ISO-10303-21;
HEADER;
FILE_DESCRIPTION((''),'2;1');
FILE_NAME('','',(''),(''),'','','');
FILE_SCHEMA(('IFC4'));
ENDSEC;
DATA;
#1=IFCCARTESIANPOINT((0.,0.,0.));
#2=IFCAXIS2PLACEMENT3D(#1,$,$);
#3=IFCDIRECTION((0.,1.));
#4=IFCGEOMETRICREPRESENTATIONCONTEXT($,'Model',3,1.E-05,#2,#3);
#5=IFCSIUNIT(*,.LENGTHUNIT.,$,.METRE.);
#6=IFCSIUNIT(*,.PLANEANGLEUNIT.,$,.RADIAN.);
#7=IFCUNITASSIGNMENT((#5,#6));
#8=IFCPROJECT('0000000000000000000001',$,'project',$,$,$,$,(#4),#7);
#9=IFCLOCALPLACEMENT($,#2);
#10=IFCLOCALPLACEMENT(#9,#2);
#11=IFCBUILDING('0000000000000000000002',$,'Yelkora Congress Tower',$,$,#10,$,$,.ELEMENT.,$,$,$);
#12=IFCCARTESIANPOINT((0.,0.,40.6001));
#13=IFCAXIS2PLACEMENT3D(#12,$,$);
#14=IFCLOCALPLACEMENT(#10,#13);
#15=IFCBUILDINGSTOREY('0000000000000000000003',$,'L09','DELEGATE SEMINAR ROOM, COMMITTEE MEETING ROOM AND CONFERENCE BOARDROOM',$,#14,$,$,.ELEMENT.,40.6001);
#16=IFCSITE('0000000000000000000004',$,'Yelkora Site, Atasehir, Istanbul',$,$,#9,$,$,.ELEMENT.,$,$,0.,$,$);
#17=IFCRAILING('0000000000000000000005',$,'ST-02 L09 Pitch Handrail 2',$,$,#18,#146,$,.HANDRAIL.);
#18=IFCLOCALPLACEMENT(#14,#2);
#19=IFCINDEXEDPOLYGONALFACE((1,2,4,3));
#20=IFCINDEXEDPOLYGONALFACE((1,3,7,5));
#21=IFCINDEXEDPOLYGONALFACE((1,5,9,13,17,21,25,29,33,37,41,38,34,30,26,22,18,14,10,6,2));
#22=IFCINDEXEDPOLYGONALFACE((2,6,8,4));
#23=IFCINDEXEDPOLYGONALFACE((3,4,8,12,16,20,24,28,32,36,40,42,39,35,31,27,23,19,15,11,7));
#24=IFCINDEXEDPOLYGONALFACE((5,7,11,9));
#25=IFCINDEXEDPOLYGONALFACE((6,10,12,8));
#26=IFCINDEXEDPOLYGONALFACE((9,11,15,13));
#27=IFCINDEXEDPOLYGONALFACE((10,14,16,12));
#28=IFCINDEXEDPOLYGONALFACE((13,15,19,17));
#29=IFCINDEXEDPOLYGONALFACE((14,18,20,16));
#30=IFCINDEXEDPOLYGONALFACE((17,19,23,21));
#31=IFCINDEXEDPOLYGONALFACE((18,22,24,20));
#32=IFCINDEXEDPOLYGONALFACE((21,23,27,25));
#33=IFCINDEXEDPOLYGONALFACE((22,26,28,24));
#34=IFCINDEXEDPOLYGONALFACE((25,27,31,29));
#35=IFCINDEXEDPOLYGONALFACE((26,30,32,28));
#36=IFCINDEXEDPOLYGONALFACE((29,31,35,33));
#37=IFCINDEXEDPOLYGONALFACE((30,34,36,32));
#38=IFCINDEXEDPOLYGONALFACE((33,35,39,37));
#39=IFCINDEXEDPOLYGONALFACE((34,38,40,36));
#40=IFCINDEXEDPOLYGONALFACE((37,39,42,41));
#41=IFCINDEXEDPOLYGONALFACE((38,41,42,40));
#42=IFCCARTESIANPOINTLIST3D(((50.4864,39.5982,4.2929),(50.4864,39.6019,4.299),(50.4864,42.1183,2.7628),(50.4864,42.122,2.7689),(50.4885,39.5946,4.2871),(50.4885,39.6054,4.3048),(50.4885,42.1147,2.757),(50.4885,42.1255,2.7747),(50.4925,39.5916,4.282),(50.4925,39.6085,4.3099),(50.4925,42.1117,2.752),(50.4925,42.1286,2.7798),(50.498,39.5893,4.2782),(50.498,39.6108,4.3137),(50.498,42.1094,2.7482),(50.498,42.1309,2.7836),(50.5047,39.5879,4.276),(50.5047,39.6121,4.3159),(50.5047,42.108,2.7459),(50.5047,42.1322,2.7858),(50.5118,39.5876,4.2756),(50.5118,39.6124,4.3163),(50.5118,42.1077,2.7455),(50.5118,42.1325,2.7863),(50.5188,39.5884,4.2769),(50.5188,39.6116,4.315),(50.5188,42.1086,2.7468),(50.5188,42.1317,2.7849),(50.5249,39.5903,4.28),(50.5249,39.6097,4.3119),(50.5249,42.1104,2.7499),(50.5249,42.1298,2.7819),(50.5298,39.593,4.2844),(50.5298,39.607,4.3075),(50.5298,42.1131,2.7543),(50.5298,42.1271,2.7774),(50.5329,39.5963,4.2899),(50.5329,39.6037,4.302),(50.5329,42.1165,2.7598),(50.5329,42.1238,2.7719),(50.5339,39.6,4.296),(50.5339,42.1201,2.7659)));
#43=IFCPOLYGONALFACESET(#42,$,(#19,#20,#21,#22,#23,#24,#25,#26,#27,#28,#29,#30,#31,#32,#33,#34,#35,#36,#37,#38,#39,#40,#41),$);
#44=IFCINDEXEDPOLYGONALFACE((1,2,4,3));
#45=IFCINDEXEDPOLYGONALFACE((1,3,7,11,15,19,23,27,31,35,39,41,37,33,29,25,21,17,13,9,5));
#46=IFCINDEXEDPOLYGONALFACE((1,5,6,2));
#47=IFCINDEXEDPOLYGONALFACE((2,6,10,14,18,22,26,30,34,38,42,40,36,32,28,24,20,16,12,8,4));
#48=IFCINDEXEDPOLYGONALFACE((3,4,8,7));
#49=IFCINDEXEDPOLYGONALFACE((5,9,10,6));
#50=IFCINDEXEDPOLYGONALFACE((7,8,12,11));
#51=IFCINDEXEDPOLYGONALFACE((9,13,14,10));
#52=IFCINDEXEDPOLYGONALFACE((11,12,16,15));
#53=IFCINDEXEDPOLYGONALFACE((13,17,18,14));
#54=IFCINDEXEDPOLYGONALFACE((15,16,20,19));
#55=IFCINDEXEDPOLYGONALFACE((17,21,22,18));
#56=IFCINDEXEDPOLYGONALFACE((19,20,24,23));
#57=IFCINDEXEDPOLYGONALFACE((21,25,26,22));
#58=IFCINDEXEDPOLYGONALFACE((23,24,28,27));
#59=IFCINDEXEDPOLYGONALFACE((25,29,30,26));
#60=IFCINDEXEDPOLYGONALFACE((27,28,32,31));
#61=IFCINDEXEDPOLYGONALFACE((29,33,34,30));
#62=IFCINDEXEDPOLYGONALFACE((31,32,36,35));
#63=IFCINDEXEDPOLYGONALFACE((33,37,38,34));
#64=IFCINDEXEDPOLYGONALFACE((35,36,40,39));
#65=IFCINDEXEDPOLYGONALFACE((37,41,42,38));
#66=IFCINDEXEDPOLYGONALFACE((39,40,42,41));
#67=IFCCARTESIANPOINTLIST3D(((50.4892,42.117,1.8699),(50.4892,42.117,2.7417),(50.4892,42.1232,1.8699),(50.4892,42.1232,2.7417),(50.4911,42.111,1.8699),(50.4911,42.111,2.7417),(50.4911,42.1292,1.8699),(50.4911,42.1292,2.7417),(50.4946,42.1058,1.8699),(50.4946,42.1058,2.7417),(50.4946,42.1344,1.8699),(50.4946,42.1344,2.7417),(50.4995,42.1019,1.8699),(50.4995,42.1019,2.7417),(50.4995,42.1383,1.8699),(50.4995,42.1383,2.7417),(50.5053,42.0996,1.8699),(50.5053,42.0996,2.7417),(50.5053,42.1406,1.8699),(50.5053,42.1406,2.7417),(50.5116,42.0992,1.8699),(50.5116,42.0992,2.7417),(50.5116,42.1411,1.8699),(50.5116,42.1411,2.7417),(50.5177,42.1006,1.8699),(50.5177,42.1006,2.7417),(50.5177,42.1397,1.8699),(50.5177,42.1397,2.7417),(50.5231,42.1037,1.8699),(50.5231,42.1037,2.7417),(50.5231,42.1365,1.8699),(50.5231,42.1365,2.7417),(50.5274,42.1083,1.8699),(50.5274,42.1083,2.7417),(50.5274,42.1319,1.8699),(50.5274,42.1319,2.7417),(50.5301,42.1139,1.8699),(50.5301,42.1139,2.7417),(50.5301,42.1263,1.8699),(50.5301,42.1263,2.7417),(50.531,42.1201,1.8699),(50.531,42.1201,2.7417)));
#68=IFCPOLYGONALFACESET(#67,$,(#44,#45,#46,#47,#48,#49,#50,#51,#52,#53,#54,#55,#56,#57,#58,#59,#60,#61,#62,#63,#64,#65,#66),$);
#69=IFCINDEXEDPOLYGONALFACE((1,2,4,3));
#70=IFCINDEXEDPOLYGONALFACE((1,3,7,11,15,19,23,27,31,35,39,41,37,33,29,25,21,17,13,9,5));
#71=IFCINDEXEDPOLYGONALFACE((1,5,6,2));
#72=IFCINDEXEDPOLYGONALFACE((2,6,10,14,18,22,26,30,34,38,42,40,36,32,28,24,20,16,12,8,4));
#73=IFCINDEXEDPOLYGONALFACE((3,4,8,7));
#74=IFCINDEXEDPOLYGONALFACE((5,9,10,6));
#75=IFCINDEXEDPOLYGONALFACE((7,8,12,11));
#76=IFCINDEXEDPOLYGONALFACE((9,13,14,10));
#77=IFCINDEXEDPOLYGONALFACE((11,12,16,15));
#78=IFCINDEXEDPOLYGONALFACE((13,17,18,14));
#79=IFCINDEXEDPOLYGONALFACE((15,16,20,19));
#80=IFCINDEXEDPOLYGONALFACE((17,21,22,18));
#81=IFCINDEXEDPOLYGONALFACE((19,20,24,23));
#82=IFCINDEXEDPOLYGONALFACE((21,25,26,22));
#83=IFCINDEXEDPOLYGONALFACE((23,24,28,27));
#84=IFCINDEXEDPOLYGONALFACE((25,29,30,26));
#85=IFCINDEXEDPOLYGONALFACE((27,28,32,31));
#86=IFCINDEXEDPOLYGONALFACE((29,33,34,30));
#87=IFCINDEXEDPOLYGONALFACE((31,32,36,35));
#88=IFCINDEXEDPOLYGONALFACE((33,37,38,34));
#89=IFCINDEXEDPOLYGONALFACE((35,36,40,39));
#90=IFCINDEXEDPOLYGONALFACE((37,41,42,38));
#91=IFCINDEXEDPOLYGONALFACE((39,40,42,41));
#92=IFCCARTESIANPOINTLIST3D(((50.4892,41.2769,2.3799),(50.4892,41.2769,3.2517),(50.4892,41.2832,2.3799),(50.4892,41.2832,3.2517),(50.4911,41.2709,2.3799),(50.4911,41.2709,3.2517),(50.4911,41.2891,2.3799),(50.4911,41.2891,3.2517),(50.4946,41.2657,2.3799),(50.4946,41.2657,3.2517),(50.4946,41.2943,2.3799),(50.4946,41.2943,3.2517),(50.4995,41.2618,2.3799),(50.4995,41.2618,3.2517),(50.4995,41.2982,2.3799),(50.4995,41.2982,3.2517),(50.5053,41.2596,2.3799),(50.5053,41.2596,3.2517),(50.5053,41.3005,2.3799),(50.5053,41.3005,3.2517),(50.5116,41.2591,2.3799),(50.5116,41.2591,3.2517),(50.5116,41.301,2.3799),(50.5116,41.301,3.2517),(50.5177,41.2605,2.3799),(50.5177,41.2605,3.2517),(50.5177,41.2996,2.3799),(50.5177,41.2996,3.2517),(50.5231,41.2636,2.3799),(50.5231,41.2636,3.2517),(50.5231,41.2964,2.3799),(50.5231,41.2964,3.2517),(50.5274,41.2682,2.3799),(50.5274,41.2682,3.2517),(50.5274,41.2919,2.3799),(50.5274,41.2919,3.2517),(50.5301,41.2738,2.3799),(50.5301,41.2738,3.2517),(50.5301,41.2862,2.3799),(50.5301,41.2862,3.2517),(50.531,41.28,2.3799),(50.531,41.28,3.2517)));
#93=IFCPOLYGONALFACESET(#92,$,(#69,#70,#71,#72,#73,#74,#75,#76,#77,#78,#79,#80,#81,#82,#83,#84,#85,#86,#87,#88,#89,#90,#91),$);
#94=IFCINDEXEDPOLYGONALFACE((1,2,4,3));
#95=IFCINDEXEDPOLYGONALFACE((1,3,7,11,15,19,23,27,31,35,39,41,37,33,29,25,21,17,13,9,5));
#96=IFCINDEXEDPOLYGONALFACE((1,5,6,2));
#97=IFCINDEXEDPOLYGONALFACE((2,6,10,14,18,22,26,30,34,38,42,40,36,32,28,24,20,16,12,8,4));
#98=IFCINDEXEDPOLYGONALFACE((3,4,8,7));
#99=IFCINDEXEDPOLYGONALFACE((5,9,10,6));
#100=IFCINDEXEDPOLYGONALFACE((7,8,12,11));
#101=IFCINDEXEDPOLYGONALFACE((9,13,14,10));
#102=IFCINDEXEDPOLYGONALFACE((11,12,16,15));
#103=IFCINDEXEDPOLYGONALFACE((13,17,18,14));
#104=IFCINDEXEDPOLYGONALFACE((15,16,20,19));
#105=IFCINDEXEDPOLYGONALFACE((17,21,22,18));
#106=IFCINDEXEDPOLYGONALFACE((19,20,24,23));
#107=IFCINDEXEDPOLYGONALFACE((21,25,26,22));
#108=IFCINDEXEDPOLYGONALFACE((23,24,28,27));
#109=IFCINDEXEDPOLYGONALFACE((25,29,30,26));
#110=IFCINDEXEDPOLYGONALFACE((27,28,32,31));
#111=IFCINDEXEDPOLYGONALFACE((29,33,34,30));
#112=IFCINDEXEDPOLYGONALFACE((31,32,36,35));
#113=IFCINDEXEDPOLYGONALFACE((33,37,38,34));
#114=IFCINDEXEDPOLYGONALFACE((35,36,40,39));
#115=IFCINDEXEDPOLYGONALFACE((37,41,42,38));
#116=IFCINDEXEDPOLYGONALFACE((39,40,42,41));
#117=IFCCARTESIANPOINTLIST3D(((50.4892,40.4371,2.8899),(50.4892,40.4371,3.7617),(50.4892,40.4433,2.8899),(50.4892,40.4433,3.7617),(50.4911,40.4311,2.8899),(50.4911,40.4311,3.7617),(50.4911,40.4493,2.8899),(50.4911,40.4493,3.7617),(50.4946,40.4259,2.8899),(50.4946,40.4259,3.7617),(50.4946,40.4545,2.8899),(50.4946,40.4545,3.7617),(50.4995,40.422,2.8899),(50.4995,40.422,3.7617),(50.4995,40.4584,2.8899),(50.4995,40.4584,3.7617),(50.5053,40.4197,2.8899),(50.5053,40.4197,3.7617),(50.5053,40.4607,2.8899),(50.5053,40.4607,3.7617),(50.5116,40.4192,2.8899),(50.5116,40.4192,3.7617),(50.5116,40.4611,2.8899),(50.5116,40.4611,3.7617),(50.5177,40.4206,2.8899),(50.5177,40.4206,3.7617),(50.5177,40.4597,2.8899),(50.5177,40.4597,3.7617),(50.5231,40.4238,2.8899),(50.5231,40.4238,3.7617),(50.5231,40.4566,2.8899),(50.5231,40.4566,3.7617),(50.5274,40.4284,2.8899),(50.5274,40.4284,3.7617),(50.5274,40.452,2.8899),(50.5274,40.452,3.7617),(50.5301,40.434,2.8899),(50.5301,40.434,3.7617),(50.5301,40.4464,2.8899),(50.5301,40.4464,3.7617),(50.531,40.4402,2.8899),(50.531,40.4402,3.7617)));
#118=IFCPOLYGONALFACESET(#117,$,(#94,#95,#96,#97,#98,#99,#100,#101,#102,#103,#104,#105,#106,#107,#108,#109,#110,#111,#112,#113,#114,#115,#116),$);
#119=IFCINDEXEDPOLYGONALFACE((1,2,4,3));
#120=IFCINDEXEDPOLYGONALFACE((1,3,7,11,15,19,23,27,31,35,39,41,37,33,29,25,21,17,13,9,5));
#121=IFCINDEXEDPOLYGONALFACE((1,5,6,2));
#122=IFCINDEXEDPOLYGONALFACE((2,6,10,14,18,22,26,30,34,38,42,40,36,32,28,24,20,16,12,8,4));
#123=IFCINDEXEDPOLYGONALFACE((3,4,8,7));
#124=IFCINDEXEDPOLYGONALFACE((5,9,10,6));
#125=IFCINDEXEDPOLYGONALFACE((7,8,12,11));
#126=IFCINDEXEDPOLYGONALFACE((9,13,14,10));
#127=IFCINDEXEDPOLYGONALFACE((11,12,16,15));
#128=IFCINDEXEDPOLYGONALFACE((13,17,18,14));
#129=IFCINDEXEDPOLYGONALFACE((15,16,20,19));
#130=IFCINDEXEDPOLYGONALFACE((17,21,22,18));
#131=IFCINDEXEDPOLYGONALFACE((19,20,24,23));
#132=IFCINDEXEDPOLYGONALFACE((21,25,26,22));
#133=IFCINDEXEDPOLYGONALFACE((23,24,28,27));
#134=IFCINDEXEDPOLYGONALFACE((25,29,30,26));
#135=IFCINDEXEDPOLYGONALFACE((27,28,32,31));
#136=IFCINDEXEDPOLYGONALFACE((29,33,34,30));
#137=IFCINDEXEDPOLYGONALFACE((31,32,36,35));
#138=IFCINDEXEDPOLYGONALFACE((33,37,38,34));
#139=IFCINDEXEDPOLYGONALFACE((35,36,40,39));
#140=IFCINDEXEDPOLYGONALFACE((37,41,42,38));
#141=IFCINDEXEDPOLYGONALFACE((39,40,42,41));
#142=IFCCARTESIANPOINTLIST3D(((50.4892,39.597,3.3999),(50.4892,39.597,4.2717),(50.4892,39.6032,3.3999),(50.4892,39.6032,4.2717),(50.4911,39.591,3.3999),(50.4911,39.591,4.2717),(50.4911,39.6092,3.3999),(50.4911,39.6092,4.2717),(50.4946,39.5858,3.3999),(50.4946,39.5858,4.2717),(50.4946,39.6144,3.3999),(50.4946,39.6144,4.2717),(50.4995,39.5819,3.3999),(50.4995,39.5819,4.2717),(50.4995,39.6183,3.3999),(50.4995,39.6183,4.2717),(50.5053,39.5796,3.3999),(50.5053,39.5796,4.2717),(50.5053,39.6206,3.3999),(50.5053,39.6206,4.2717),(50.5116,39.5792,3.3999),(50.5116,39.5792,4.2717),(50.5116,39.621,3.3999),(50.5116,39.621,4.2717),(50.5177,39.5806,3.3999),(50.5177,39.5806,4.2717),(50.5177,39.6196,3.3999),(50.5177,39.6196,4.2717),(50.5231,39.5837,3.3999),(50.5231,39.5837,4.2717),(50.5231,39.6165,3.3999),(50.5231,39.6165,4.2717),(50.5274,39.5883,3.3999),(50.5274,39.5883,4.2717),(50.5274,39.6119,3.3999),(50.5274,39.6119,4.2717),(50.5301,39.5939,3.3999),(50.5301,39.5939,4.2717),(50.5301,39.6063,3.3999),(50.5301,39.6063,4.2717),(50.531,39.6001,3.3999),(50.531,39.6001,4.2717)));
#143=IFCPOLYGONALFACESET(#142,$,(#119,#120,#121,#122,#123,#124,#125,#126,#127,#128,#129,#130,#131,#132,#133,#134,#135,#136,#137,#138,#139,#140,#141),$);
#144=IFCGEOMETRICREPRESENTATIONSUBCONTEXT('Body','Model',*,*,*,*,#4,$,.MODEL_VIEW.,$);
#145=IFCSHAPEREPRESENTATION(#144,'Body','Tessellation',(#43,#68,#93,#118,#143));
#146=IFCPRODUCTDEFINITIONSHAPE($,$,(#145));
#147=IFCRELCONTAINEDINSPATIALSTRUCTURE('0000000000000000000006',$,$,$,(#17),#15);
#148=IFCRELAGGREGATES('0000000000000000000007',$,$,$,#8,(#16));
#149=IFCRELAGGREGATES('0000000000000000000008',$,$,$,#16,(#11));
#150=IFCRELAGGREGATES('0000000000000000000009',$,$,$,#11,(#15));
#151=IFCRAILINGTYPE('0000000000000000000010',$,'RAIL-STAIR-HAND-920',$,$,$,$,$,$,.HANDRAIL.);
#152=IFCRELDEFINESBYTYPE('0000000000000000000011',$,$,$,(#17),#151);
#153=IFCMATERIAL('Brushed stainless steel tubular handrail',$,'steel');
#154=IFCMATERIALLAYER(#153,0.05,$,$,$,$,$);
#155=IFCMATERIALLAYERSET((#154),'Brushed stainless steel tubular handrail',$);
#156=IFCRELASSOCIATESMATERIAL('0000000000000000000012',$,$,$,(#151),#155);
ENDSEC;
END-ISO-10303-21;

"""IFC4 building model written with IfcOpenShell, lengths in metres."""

from ifc_helpers import new_model, si_unit, direction, frame, origin, origin_2d, place, context, subcontext, project, spatial, circle, extrude, material, layer, layer_set, type_object, element, save


model = new_model("IFC4")

# Units and contexts
model_context = context("Model", 3, precision=1e-05, world=origin(), true_north=direction((0.0, 1.0)))
body_context = subcontext(model_context, "Body", "Model", "MODEL_VIEW")
ifc_project = project(units=[si_unit("LENGTHUNIT", "METRE"), si_unit("PLANEANGLEUNIT", "RADIAN")], contexts=[model_context])

# Site, building, storey
site_placement = place(None, origin())
site = spatial("IfcSite", under=ifc_project, at=site_placement, Name="Yelkora Site, Atasehir, Istanbul", CompositionType="ELEMENT", RefElevation=0.0)
building_placement = place(site_placement, origin())
building = spatial("IfcBuilding", under=site, at=building_placement, Name="Yelkora Congress Tower", CompositionType="ELEMENT")
storey_placement = place(building_placement, frame((0.0, 0.0, 40.6001)))
storey = spatial("IfcBuildingStorey", under=building, at=storey_placement, Name="L09", Description="DELEGATE SEMINAR ROOM, COMMITTEE MEETING ROOM AND CONFERENCE BOARDROOM", CompositionType="ELEMENT", Elevation=40.6001)

# Railing
ifc_material_1 = material(Name="Brushed stainless steel tubular handrail", Category="steel")
ifc_layer_1 = layer(ifc_material_1, 0.05)
ifc_layer_set_1 = layer_set([ifc_layer_1], Name="Brushed stainless steel tubular handrail")
railing_type_1 = type_object("IfcRailingType", Name="RAIL-STAIR-HAND-920", PredefinedType="HANDRAIL", material=ifc_layer_set_1)
railing_1_placement = place(storey_placement, frame((50.51, 42.1201, 1.8699)))
element("IfcRailing", 1, at=railing_1_placement, inside=storey, type_object=railing_type_1, Name="ST-02 L09 Pitch Handrail 2", PredefinedType="HANDRAIL", context=body_context, shape_type="SweptSolid", body=[
    extrude(circle(Radius=0.0239, at=origin_2d()), frame((0.0, 0.0, 0.896), z_axis=(0.0, -0.854785, 0.518982), x_axis=(1.0, 0.0, 0.0)), (0.0, 0.0, 1.0), 2.9482),
    extrude(circle(Radius=0.021, at=origin_2d()), origin(), (0.0, 0.0, 1.0), 0.8718),
    extrude(circle(Radius=0.021, at=origin_2d()), frame((0.0, -0.8401, 0.51)), (0.0, 0.0, 1.0), 0.8718),
    extrude(circle(Radius=0.021, at=origin_2d()), frame((0.0, -1.6799, 1.02)), (0.0, 0.0, 1.0), 0.8718),
    extrude(circle(Radius=0.021, at=origin_2d()), frame((0.0, -2.52, 1.53)), (0.0, 0.0, 1.0), 0.8718),
])

save(model, "model.ifc")
